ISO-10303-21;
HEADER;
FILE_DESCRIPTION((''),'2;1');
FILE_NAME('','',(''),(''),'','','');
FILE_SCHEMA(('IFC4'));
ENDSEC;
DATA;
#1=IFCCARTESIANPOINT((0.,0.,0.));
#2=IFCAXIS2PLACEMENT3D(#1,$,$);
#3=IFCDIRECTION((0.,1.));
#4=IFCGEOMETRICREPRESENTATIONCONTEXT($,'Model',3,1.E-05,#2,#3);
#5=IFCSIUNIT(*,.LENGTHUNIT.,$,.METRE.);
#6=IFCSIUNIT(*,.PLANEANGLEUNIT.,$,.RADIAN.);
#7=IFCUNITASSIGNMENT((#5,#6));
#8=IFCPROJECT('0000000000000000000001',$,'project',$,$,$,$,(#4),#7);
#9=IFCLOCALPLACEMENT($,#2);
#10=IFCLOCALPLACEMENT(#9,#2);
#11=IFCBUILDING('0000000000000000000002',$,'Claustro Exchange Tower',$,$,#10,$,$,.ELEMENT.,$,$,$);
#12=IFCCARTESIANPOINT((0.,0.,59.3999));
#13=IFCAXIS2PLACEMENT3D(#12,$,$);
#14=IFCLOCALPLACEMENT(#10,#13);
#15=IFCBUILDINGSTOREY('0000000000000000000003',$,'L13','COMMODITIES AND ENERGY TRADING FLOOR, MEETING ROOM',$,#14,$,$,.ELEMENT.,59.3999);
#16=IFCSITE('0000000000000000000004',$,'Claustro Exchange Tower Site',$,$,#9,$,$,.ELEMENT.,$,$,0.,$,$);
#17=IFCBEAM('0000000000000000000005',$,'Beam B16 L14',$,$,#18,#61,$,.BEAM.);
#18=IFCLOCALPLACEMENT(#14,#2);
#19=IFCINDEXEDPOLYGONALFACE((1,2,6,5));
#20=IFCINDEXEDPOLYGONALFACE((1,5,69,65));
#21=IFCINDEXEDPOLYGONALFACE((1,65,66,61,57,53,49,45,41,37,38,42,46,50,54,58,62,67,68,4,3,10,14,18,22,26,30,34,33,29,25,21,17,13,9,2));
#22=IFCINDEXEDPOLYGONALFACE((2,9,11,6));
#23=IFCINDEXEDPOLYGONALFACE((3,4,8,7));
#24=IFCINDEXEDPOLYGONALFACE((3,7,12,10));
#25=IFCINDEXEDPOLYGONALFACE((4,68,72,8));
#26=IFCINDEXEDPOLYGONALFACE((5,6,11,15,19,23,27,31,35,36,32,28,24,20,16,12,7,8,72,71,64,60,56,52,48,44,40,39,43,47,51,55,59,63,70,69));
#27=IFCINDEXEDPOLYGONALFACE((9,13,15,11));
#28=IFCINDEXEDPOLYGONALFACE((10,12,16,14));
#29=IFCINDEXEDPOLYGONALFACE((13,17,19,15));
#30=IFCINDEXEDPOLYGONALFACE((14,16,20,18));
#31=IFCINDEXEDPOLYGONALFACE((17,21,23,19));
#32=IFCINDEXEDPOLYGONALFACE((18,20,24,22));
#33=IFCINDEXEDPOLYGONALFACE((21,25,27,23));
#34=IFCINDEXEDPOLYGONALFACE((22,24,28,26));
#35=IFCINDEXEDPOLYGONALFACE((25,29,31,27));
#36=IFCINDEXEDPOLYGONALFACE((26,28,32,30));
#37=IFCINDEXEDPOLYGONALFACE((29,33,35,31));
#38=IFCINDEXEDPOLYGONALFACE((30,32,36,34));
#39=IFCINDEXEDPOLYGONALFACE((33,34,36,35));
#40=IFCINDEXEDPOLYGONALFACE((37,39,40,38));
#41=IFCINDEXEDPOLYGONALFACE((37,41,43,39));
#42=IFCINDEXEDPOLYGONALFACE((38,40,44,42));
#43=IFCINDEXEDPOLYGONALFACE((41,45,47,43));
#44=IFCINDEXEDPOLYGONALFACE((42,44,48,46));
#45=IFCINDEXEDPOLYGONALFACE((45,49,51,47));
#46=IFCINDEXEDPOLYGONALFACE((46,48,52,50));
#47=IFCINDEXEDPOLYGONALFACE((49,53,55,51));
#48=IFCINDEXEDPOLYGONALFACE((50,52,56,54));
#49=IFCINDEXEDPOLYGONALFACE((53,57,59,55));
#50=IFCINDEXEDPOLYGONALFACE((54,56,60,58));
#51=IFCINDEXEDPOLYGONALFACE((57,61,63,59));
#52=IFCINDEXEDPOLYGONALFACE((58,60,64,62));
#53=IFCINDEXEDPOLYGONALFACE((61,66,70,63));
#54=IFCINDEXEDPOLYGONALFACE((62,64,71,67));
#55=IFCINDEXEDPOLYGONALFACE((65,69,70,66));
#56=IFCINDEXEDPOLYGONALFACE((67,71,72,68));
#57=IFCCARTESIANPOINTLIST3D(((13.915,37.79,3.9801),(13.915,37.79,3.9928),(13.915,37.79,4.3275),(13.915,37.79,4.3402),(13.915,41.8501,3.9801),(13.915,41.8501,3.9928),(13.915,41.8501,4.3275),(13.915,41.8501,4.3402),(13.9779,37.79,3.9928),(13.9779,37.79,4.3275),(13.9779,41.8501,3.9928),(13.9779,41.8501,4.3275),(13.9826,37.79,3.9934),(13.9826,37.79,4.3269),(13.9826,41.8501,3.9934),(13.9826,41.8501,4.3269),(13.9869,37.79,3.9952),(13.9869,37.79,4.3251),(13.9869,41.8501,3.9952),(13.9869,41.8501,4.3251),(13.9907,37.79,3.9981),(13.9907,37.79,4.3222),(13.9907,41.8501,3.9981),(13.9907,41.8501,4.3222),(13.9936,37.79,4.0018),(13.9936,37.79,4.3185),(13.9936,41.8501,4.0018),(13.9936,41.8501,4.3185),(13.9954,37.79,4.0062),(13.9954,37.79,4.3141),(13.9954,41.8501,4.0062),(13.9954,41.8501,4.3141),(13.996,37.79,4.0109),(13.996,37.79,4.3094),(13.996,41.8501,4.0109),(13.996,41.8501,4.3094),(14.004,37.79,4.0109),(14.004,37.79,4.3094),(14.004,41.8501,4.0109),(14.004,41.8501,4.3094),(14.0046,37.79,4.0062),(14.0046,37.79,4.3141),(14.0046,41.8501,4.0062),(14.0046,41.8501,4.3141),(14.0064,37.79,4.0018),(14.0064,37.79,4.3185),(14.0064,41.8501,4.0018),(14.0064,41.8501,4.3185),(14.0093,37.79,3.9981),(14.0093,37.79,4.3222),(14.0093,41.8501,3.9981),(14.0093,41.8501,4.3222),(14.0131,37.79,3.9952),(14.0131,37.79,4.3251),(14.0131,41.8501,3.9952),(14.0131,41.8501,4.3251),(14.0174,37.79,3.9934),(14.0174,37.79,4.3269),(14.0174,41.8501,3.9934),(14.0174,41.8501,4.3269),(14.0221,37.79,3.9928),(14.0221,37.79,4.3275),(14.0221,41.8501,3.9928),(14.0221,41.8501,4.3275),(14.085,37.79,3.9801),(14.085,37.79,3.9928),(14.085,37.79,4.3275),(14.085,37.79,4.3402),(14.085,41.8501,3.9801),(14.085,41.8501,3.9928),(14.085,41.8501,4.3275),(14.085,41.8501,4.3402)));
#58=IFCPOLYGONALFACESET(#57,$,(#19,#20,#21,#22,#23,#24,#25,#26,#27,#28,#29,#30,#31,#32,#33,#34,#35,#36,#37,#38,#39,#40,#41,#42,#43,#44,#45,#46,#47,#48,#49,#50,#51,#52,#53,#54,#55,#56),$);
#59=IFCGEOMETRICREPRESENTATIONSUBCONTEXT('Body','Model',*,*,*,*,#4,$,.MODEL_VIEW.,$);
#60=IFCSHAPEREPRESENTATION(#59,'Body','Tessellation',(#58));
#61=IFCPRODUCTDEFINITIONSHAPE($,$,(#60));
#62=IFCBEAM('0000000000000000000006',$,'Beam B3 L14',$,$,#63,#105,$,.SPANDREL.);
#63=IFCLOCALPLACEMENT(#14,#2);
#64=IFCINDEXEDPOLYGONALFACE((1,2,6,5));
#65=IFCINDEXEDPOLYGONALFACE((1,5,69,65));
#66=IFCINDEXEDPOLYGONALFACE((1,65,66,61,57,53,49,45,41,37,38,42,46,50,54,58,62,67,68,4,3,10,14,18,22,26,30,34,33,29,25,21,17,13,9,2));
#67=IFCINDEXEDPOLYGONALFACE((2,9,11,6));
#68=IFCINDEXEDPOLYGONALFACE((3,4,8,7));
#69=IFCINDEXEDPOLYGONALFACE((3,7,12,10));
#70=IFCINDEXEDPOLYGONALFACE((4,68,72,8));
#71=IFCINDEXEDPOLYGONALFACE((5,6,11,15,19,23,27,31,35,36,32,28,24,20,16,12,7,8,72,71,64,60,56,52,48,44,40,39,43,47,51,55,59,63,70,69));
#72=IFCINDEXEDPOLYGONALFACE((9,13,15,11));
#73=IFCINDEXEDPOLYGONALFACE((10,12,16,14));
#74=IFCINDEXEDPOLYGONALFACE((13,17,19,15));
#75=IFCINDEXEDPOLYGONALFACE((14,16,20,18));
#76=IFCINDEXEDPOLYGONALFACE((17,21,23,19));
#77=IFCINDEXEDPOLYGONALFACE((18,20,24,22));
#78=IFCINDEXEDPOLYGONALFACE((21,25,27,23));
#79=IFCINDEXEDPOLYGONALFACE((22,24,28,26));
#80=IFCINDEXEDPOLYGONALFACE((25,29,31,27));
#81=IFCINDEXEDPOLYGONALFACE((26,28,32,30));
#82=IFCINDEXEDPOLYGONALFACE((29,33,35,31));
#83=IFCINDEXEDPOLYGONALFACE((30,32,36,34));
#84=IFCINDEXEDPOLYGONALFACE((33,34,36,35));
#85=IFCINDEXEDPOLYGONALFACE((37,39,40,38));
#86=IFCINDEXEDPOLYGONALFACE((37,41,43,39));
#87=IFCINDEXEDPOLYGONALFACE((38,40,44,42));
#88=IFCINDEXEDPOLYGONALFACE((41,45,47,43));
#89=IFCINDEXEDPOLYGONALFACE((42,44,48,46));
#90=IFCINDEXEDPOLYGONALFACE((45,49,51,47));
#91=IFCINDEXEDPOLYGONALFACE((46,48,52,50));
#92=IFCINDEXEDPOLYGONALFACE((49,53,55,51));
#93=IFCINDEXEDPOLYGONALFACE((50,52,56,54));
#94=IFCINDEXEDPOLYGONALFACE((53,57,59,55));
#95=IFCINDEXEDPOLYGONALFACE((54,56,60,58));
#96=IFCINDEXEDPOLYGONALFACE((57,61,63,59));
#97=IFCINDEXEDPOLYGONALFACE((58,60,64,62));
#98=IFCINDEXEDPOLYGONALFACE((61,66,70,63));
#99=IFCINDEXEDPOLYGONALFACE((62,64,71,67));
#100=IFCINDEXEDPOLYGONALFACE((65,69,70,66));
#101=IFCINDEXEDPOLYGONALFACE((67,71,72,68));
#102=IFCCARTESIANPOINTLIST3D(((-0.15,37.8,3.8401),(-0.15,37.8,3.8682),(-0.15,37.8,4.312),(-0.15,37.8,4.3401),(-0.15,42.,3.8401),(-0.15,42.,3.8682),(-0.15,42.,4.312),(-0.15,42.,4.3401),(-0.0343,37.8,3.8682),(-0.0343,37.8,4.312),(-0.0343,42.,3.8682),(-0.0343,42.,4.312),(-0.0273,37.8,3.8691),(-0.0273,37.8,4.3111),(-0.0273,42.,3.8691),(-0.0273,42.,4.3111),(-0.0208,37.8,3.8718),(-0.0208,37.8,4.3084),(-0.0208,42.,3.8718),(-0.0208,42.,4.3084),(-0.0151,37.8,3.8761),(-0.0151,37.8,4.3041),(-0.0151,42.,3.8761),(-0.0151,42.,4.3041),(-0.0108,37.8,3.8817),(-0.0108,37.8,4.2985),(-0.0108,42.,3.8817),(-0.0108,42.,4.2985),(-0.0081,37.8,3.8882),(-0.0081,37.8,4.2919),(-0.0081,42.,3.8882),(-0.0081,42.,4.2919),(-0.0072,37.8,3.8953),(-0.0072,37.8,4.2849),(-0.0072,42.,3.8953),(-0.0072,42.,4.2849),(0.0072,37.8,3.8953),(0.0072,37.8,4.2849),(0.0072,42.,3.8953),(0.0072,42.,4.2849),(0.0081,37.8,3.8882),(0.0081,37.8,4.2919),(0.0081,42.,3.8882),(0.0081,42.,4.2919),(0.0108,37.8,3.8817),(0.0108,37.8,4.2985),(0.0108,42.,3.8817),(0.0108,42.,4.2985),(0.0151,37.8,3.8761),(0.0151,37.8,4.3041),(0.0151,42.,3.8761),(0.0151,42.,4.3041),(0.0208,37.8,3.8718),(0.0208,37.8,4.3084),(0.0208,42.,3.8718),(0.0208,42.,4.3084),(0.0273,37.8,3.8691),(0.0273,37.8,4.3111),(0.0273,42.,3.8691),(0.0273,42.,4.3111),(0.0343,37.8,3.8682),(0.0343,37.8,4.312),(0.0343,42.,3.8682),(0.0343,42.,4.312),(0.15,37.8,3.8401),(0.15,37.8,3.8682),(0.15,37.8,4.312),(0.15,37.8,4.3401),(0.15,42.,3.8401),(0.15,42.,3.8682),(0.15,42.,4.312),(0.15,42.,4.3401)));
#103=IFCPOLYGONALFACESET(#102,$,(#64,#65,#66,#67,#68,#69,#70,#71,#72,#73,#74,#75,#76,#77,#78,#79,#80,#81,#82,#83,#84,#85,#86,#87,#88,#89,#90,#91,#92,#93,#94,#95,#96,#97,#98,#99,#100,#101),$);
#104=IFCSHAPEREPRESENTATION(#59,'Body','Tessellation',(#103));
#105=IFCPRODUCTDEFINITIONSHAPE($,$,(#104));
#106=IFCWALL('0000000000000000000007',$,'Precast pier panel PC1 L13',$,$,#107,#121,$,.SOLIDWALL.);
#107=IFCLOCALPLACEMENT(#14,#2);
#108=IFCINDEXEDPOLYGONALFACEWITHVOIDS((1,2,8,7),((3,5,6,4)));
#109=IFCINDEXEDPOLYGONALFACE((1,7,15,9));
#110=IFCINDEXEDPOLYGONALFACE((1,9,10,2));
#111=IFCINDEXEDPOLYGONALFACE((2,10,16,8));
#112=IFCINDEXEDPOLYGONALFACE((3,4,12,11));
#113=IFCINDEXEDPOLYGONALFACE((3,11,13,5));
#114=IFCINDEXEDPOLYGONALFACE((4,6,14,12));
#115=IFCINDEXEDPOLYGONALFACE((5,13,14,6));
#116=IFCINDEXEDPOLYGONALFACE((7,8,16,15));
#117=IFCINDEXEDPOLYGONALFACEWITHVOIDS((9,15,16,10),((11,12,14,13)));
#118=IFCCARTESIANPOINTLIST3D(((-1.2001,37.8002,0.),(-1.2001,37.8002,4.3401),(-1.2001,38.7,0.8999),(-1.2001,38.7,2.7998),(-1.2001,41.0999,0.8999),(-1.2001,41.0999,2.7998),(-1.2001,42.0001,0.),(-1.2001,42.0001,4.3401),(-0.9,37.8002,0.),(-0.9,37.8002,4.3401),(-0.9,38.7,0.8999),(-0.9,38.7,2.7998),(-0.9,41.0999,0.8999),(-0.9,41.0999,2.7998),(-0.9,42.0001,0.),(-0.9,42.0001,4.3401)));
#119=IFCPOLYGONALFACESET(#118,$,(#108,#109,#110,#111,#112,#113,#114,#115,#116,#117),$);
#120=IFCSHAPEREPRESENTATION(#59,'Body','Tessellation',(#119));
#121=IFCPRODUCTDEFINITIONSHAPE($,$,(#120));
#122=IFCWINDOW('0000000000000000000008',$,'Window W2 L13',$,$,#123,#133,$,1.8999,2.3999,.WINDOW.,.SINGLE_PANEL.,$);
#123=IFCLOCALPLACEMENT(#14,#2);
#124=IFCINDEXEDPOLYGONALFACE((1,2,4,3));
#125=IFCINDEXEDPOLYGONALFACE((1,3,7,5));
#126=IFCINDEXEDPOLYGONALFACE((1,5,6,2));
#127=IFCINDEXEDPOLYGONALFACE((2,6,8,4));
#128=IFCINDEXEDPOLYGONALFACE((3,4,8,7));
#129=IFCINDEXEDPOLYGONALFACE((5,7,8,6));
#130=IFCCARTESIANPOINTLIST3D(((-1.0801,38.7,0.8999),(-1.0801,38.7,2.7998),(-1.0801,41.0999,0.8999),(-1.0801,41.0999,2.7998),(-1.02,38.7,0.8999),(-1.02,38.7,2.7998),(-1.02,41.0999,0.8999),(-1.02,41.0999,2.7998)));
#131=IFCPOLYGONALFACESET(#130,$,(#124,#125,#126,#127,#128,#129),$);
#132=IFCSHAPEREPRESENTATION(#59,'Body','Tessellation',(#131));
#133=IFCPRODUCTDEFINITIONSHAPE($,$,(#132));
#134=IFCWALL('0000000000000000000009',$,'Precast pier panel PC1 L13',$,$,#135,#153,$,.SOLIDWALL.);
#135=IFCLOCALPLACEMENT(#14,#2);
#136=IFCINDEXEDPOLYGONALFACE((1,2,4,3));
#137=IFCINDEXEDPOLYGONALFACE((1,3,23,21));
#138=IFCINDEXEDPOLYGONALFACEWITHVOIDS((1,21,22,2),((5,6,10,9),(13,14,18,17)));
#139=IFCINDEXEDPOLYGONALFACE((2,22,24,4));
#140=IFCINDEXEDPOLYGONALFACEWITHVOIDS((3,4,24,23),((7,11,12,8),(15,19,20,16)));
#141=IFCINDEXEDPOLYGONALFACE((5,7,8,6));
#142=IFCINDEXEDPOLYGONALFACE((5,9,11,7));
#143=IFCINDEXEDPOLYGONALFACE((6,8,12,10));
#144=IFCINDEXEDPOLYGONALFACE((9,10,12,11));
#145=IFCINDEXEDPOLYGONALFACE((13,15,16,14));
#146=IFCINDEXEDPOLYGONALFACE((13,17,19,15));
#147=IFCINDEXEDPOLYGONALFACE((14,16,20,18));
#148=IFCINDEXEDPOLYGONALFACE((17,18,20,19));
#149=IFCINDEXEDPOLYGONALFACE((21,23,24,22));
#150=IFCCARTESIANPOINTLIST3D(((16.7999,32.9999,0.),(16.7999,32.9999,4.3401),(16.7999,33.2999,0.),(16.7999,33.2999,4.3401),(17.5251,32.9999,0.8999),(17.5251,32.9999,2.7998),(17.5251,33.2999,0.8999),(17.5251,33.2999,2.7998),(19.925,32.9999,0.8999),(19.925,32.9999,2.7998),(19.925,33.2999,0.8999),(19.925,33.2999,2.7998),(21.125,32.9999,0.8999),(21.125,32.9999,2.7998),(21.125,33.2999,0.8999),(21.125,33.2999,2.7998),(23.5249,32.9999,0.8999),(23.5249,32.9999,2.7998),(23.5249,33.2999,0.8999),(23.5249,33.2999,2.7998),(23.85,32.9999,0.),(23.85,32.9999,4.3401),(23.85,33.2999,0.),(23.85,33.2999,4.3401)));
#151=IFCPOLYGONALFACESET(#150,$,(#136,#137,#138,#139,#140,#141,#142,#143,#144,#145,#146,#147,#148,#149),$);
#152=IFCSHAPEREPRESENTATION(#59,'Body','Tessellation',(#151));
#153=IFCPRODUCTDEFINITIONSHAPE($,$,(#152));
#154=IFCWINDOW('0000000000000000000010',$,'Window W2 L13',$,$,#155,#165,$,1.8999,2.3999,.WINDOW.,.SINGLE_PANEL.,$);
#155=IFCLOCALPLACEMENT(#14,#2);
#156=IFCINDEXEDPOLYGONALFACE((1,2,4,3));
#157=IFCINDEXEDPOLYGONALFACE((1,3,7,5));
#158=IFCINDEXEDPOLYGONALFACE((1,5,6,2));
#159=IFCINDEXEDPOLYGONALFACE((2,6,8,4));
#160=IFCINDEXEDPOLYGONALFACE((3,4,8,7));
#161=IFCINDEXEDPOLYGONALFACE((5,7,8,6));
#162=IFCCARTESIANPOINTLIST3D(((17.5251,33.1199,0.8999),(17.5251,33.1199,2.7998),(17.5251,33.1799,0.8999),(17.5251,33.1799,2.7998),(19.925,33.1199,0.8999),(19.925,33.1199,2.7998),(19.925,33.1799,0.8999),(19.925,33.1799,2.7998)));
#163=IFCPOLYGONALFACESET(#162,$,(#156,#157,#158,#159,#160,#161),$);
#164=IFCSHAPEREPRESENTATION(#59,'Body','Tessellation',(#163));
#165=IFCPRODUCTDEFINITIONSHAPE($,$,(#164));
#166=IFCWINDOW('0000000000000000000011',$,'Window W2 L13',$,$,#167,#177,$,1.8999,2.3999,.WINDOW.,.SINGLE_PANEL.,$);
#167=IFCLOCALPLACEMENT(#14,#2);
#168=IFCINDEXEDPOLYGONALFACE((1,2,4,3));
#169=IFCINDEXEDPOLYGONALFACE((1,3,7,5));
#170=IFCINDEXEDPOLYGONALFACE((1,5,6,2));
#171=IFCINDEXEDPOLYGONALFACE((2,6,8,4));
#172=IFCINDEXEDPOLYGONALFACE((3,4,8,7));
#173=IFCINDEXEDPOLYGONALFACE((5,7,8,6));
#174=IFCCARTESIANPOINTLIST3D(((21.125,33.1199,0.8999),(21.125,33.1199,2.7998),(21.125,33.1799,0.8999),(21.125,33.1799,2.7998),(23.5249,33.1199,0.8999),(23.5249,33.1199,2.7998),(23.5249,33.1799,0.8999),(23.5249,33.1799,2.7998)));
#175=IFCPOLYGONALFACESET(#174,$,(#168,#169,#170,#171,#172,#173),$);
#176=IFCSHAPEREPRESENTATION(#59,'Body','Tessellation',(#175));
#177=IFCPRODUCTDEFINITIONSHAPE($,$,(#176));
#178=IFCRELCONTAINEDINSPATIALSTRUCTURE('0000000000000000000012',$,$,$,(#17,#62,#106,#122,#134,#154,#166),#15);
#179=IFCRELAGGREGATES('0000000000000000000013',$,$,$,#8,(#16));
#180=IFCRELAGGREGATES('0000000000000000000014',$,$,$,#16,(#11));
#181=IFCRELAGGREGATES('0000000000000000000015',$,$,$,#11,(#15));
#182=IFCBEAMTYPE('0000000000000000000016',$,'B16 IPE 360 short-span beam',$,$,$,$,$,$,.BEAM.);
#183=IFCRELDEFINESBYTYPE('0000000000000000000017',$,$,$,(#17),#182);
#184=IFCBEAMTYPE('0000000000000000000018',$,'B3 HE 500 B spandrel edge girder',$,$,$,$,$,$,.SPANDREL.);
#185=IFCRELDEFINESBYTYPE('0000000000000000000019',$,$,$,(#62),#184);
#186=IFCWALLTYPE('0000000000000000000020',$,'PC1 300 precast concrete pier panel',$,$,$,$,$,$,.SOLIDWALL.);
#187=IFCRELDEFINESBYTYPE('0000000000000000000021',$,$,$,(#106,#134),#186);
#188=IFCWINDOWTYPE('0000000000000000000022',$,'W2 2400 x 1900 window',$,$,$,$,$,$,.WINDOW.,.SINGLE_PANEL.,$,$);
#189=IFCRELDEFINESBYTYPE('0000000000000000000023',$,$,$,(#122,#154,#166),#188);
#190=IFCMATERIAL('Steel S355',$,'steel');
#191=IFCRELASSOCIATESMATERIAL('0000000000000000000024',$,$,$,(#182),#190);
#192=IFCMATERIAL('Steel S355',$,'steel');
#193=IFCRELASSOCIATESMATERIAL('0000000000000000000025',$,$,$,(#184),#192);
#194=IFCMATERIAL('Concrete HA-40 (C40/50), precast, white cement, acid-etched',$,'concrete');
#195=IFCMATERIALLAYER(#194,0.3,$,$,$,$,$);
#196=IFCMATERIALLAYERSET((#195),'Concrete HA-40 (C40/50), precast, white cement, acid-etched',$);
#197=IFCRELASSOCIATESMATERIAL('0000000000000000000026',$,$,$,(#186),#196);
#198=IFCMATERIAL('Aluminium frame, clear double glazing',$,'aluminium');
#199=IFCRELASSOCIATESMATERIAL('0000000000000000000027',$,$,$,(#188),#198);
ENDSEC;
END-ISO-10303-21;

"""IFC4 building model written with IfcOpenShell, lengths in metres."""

from ifc_helpers import new_model, si_unit, direction, frame, frame_2d, origin, origin_2d, place, context, subcontext, project, spatial, rectangle, i_section, extrude, material, layer, layer_set, material_profile, profile_set, type_object, element, fill, save


model = new_model("IFC4")

# Units and contexts
model_context = context("Model", 3, precision=1e-05, world=origin(), true_north=direction((0.0, 1.0)))
body_context = subcontext(model_context, "Body", "Model", "MODEL_VIEW")
ifc_project = project(units=[si_unit("LENGTHUNIT", "METRE"), si_unit("PLANEANGLEUNIT", "RADIAN")], contexts=[model_context])

# Site, building, storey
site_placement = place(None, origin())
site = spatial("IfcSite", under=ifc_project, at=site_placement, Name="Claustro Exchange Tower Site", CompositionType="ELEMENT", RefElevation=0.0)
building_placement = place(site_placement, origin())
building = spatial("IfcBuilding", under=site, at=building_placement, Name="Claustro Exchange Tower", CompositionType="ELEMENT")
storey_placement = place(building_placement, frame((0.0, 0.0, 59.3999)))
storey = spatial("IfcBuildingStorey", under=building, at=storey_placement, Name="L13", Description="COMMODITIES AND ENERGY TRADING FLOOR, MEETING ROOM", CompositionType="ELEMENT", Elevation=59.3999)

# Beams
ifc_material_1 = material(Name="Steel S355", Category="steel")
ifc_material_profile_1 = material_profile(ifc_material_1, i_section(OverallWidth=0.1699, OverallDepth=0.3601, WebThickness=0.0081, FlangeThickness=0.0127, FilletRadius=0.0181, at=origin_2d()), Name="IPE 360")
ifc_profile_set_1 = profile_set([ifc_material_profile_1], Name="Steel S355")
beam_type_1 = type_object("IfcBeamType", Name="B16 IPE 360 short-span beam", PredefinedType="BEAM", material=ifc_profile_set_1)
for number, where, z_axis, x_axis, name in (
    (1, (14.0, 37.79, 4.1602), (0.0, 1.0, 0.0), (-1.0, 0.0, 0.0), "Beam B16 L14"),
):
    element("IfcBeam", number, at=place(storey_placement, frame(where, z_axis=z_axis, x_axis=x_axis)), inside=storey, type_object=beam_type_1, Name=name, PredefinedType="BEAM", context=body_context, shape_type="SweptSolid", body=[
        extrude(i_section(OverallWidth=0.1699, OverallDepth=0.3601, WebThickness=0.0081, FlangeThickness=0.0127, FilletRadius=0.0181, at=origin_2d()), origin(), (0.0, 0.0, 1.0), 4.0601),
    ])
ifc_material_2 = material(Name="Steel S355", Category="steel")
ifc_material_profile_2 = material_profile(ifc_material_2, i_section(OverallWidth=0.3, OverallDepth=0.5, WebThickness=0.0144, FlangeThickness=0.0281, FilletRadius=0.0271, at=origin_2d()), Name="HE 500 B")
ifc_profile_set_2 = profile_set([ifc_material_profile_2], Name="Steel S355")
beam_type_2 = type_object("IfcBeamType", Name="B3 HE 500 B spandrel edge girder", PredefinedType="SPANDREL", material=ifc_profile_set_2)
beam_1_placement = place(storey_placement, frame((0.0, 37.8, 4.0901), z_axis=(0.0, 1.0, 0.0), x_axis=(-1.0, 0.0, 0.0)))
element("IfcBeam", 2, at=beam_1_placement, inside=storey, type_object=beam_type_2, Name="Beam B3 L14", PredefinedType="SPANDREL", context=body_context, shape_type="SweptSolid", body=[
    extrude(i_section(OverallWidth=0.3, OverallDepth=0.5, WebThickness=0.0144, FlangeThickness=0.0281, FilletRadius=0.0271, at=origin_2d()), origin(), (0.0, 0.0, 1.0), 4.2),
])

# Wall, opening, window
ifc_material_3 = material(Name="Concrete HA-40 (C40/50), precast, white cement, acid-etched", Category="concrete")
ifc_layer_1 = layer(ifc_material_3, 0.3)
ifc_layer_set_1 = layer_set([ifc_layer_1], Name="Concrete HA-40 (C40/50), precast, white cement, acid-etched")
wall_type_1 = type_object("IfcWallType", Name="PC1 300 precast concrete pier panel", PredefinedType="SOLIDWALL", material=ifc_layer_set_1)
wall_1_placement = place(storey_placement, frame((-1.05, 37.8, 0.0), z_axis=(0.0, 0.0, 1.0), x_axis=(0.0, 1.0, 0.0)))
wall_1 = element("IfcWall", 3, at=wall_1_placement, inside=storey, type_object=wall_type_1, Name="Precast pier panel PC1 L13", PredefinedType="SOLIDWALL", context=body_context, shape_type="SweptSolid", body=[
    extrude(rectangle(XDim=4.2, YDim=0.3, at=frame_2d((2.1001, 0.0))), origin(), (0.0, 0.0, 1.0), 4.3401),
])
opening_1_placement = place(wall_1_placement, frame((0.8999, 0.0, 0.8999)))
opening_1 = element("IfcOpeningElement", 4, at=opening_1_placement, cuts=wall_1, PredefinedType="OPENING", context=body_context, shape_type="SweptSolid", body=[
    extrude(rectangle(XDim=2.3999, YDim=1.8999, at=frame_2d((1.2, 0.95))), frame((0.0, 0.1599, 0.0), z_axis=(0.0, -1.0, 0.0), x_axis=(1.0, 0.0, 0.0)), (0.0, 0.0, 1.0), 0.3201),
])
ifc_material_4 = material(Name="Aluminium frame, clear double glazing", Category="aluminium")
window_type = type_object("IfcWindowType", Name="W2 2400 x 1900 window", PartitioningType="SINGLE_PANEL", PredefinedType="WINDOW", material=ifc_material_4)
window_1_placement = place(opening_1_placement, origin())
window_1 = element("IfcWindow", 5, at=window_1_placement, inside=storey, type_object=window_type, Name="Window W2 L13", OverallHeight=1.8999, OverallWidth=2.3999, PartitioningType="SINGLE_PANEL", PredefinedType="WINDOW", context=body_context, shape_type="SweptSolid", body=[
    extrude(rectangle(XDim=2.3999, YDim=1.8999, at=frame_2d((1.2, 0.95))), frame((0.0, 0.03, 0.0), z_axis=(0.0, -1.0, 0.0), x_axis=(1.0, 0.0, 0.0)), (0.0, 0.0, 1.0), 0.0601),
])
fill(opening_1, window_1)

# Wall, openings, windows
wall_2_placement = place(storey_placement, frame((16.8, 33.1499, 0.0), z_axis=(0.0, 0.0, 1.0), x_axis=(1.0, 0.0, 0.0)))
wall_2 = element("IfcWall", 6, at=wall_2_placement, inside=storey, type_object=wall_type_1, Name="Precast pier panel PC1 L13", PredefinedType="SOLIDWALL", context=body_context, shape_type="SweptSolid", body=[
    extrude(rectangle(XDim=7.05, YDim=0.3, at=frame_2d((3.5249, 0.0))), origin(), (0.0, 0.0, 1.0), 4.3401),
])
opening_2_placement = place(wall_2_placement, frame((0.7251, 0.0, 0.8999)))
opening_2 = element("IfcOpeningElement", 7, at=opening_2_placement, cuts=wall_2, PredefinedType="OPENING", context=body_context, shape_type="SweptSolid", body=[
    extrude(rectangle(XDim=2.3999, YDim=1.8999, at=frame_2d((1.2, 0.95))), frame((0.0, 0.1599, 0.0), z_axis=(0.0, -1.0, 0.0), x_axis=(1.0, 0.0, 0.0)), (0.0, 0.0, 1.0), 0.3201),
])
opening_3_placement = place(wall_2_placement, frame((4.325, 0.0, 0.8999)))
opening_3 = element("IfcOpeningElement", 8, at=opening_3_placement, cuts=wall_2, PredefinedType="OPENING", context=body_context, shape_type="SweptSolid", body=[
    extrude(rectangle(XDim=2.3999, YDim=1.8999, at=frame_2d((1.2, 0.95))), frame((0.0, 0.1599, 0.0), z_axis=(0.0, -1.0, 0.0), x_axis=(1.0, 0.0, 0.0)), (0.0, 0.0, 1.0), 0.3201),
])
window_2_placement = place(opening_2_placement, origin())
window_2 = element("IfcWindow", 9, at=window_2_placement, inside=storey, type_object=window_type, Name="Window W2 L13", OverallHeight=1.8999, OverallWidth=2.3999, PartitioningType="SINGLE_PANEL", PredefinedType="WINDOW", context=body_context, shape_type="SweptSolid", body=[
    extrude(rectangle(XDim=2.3999, YDim=1.8999, at=frame_2d((1.2, 0.95))), frame((0.0, 0.03, 0.0), z_axis=(0.0, -1.0, 0.0), x_axis=(1.0, 0.0, 0.0)), (0.0, 0.0, 1.0), 0.0601),
])
fill(opening_2, window_2)
window_3_placement = place(opening_3_placement, origin())
window_3 = element("IfcWindow", 10, at=window_3_placement, inside=storey, type_object=window_type, Name="Window W2 L13", OverallHeight=1.8999, OverallWidth=2.3999, PartitioningType="SINGLE_PANEL", PredefinedType="WINDOW", context=body_context, shape_type="SweptSolid", body=[
    extrude(rectangle(XDim=2.3999, YDim=1.8999, at=frame_2d((1.2, 0.95))), frame((0.0, 0.03, 0.0), z_axis=(0.0, -1.0, 0.0), x_axis=(1.0, 0.0, 0.0)), (0.0, 0.0, 1.0), 0.0601),
])
fill(opening_3, window_3)

save(model, "model.ifc")
